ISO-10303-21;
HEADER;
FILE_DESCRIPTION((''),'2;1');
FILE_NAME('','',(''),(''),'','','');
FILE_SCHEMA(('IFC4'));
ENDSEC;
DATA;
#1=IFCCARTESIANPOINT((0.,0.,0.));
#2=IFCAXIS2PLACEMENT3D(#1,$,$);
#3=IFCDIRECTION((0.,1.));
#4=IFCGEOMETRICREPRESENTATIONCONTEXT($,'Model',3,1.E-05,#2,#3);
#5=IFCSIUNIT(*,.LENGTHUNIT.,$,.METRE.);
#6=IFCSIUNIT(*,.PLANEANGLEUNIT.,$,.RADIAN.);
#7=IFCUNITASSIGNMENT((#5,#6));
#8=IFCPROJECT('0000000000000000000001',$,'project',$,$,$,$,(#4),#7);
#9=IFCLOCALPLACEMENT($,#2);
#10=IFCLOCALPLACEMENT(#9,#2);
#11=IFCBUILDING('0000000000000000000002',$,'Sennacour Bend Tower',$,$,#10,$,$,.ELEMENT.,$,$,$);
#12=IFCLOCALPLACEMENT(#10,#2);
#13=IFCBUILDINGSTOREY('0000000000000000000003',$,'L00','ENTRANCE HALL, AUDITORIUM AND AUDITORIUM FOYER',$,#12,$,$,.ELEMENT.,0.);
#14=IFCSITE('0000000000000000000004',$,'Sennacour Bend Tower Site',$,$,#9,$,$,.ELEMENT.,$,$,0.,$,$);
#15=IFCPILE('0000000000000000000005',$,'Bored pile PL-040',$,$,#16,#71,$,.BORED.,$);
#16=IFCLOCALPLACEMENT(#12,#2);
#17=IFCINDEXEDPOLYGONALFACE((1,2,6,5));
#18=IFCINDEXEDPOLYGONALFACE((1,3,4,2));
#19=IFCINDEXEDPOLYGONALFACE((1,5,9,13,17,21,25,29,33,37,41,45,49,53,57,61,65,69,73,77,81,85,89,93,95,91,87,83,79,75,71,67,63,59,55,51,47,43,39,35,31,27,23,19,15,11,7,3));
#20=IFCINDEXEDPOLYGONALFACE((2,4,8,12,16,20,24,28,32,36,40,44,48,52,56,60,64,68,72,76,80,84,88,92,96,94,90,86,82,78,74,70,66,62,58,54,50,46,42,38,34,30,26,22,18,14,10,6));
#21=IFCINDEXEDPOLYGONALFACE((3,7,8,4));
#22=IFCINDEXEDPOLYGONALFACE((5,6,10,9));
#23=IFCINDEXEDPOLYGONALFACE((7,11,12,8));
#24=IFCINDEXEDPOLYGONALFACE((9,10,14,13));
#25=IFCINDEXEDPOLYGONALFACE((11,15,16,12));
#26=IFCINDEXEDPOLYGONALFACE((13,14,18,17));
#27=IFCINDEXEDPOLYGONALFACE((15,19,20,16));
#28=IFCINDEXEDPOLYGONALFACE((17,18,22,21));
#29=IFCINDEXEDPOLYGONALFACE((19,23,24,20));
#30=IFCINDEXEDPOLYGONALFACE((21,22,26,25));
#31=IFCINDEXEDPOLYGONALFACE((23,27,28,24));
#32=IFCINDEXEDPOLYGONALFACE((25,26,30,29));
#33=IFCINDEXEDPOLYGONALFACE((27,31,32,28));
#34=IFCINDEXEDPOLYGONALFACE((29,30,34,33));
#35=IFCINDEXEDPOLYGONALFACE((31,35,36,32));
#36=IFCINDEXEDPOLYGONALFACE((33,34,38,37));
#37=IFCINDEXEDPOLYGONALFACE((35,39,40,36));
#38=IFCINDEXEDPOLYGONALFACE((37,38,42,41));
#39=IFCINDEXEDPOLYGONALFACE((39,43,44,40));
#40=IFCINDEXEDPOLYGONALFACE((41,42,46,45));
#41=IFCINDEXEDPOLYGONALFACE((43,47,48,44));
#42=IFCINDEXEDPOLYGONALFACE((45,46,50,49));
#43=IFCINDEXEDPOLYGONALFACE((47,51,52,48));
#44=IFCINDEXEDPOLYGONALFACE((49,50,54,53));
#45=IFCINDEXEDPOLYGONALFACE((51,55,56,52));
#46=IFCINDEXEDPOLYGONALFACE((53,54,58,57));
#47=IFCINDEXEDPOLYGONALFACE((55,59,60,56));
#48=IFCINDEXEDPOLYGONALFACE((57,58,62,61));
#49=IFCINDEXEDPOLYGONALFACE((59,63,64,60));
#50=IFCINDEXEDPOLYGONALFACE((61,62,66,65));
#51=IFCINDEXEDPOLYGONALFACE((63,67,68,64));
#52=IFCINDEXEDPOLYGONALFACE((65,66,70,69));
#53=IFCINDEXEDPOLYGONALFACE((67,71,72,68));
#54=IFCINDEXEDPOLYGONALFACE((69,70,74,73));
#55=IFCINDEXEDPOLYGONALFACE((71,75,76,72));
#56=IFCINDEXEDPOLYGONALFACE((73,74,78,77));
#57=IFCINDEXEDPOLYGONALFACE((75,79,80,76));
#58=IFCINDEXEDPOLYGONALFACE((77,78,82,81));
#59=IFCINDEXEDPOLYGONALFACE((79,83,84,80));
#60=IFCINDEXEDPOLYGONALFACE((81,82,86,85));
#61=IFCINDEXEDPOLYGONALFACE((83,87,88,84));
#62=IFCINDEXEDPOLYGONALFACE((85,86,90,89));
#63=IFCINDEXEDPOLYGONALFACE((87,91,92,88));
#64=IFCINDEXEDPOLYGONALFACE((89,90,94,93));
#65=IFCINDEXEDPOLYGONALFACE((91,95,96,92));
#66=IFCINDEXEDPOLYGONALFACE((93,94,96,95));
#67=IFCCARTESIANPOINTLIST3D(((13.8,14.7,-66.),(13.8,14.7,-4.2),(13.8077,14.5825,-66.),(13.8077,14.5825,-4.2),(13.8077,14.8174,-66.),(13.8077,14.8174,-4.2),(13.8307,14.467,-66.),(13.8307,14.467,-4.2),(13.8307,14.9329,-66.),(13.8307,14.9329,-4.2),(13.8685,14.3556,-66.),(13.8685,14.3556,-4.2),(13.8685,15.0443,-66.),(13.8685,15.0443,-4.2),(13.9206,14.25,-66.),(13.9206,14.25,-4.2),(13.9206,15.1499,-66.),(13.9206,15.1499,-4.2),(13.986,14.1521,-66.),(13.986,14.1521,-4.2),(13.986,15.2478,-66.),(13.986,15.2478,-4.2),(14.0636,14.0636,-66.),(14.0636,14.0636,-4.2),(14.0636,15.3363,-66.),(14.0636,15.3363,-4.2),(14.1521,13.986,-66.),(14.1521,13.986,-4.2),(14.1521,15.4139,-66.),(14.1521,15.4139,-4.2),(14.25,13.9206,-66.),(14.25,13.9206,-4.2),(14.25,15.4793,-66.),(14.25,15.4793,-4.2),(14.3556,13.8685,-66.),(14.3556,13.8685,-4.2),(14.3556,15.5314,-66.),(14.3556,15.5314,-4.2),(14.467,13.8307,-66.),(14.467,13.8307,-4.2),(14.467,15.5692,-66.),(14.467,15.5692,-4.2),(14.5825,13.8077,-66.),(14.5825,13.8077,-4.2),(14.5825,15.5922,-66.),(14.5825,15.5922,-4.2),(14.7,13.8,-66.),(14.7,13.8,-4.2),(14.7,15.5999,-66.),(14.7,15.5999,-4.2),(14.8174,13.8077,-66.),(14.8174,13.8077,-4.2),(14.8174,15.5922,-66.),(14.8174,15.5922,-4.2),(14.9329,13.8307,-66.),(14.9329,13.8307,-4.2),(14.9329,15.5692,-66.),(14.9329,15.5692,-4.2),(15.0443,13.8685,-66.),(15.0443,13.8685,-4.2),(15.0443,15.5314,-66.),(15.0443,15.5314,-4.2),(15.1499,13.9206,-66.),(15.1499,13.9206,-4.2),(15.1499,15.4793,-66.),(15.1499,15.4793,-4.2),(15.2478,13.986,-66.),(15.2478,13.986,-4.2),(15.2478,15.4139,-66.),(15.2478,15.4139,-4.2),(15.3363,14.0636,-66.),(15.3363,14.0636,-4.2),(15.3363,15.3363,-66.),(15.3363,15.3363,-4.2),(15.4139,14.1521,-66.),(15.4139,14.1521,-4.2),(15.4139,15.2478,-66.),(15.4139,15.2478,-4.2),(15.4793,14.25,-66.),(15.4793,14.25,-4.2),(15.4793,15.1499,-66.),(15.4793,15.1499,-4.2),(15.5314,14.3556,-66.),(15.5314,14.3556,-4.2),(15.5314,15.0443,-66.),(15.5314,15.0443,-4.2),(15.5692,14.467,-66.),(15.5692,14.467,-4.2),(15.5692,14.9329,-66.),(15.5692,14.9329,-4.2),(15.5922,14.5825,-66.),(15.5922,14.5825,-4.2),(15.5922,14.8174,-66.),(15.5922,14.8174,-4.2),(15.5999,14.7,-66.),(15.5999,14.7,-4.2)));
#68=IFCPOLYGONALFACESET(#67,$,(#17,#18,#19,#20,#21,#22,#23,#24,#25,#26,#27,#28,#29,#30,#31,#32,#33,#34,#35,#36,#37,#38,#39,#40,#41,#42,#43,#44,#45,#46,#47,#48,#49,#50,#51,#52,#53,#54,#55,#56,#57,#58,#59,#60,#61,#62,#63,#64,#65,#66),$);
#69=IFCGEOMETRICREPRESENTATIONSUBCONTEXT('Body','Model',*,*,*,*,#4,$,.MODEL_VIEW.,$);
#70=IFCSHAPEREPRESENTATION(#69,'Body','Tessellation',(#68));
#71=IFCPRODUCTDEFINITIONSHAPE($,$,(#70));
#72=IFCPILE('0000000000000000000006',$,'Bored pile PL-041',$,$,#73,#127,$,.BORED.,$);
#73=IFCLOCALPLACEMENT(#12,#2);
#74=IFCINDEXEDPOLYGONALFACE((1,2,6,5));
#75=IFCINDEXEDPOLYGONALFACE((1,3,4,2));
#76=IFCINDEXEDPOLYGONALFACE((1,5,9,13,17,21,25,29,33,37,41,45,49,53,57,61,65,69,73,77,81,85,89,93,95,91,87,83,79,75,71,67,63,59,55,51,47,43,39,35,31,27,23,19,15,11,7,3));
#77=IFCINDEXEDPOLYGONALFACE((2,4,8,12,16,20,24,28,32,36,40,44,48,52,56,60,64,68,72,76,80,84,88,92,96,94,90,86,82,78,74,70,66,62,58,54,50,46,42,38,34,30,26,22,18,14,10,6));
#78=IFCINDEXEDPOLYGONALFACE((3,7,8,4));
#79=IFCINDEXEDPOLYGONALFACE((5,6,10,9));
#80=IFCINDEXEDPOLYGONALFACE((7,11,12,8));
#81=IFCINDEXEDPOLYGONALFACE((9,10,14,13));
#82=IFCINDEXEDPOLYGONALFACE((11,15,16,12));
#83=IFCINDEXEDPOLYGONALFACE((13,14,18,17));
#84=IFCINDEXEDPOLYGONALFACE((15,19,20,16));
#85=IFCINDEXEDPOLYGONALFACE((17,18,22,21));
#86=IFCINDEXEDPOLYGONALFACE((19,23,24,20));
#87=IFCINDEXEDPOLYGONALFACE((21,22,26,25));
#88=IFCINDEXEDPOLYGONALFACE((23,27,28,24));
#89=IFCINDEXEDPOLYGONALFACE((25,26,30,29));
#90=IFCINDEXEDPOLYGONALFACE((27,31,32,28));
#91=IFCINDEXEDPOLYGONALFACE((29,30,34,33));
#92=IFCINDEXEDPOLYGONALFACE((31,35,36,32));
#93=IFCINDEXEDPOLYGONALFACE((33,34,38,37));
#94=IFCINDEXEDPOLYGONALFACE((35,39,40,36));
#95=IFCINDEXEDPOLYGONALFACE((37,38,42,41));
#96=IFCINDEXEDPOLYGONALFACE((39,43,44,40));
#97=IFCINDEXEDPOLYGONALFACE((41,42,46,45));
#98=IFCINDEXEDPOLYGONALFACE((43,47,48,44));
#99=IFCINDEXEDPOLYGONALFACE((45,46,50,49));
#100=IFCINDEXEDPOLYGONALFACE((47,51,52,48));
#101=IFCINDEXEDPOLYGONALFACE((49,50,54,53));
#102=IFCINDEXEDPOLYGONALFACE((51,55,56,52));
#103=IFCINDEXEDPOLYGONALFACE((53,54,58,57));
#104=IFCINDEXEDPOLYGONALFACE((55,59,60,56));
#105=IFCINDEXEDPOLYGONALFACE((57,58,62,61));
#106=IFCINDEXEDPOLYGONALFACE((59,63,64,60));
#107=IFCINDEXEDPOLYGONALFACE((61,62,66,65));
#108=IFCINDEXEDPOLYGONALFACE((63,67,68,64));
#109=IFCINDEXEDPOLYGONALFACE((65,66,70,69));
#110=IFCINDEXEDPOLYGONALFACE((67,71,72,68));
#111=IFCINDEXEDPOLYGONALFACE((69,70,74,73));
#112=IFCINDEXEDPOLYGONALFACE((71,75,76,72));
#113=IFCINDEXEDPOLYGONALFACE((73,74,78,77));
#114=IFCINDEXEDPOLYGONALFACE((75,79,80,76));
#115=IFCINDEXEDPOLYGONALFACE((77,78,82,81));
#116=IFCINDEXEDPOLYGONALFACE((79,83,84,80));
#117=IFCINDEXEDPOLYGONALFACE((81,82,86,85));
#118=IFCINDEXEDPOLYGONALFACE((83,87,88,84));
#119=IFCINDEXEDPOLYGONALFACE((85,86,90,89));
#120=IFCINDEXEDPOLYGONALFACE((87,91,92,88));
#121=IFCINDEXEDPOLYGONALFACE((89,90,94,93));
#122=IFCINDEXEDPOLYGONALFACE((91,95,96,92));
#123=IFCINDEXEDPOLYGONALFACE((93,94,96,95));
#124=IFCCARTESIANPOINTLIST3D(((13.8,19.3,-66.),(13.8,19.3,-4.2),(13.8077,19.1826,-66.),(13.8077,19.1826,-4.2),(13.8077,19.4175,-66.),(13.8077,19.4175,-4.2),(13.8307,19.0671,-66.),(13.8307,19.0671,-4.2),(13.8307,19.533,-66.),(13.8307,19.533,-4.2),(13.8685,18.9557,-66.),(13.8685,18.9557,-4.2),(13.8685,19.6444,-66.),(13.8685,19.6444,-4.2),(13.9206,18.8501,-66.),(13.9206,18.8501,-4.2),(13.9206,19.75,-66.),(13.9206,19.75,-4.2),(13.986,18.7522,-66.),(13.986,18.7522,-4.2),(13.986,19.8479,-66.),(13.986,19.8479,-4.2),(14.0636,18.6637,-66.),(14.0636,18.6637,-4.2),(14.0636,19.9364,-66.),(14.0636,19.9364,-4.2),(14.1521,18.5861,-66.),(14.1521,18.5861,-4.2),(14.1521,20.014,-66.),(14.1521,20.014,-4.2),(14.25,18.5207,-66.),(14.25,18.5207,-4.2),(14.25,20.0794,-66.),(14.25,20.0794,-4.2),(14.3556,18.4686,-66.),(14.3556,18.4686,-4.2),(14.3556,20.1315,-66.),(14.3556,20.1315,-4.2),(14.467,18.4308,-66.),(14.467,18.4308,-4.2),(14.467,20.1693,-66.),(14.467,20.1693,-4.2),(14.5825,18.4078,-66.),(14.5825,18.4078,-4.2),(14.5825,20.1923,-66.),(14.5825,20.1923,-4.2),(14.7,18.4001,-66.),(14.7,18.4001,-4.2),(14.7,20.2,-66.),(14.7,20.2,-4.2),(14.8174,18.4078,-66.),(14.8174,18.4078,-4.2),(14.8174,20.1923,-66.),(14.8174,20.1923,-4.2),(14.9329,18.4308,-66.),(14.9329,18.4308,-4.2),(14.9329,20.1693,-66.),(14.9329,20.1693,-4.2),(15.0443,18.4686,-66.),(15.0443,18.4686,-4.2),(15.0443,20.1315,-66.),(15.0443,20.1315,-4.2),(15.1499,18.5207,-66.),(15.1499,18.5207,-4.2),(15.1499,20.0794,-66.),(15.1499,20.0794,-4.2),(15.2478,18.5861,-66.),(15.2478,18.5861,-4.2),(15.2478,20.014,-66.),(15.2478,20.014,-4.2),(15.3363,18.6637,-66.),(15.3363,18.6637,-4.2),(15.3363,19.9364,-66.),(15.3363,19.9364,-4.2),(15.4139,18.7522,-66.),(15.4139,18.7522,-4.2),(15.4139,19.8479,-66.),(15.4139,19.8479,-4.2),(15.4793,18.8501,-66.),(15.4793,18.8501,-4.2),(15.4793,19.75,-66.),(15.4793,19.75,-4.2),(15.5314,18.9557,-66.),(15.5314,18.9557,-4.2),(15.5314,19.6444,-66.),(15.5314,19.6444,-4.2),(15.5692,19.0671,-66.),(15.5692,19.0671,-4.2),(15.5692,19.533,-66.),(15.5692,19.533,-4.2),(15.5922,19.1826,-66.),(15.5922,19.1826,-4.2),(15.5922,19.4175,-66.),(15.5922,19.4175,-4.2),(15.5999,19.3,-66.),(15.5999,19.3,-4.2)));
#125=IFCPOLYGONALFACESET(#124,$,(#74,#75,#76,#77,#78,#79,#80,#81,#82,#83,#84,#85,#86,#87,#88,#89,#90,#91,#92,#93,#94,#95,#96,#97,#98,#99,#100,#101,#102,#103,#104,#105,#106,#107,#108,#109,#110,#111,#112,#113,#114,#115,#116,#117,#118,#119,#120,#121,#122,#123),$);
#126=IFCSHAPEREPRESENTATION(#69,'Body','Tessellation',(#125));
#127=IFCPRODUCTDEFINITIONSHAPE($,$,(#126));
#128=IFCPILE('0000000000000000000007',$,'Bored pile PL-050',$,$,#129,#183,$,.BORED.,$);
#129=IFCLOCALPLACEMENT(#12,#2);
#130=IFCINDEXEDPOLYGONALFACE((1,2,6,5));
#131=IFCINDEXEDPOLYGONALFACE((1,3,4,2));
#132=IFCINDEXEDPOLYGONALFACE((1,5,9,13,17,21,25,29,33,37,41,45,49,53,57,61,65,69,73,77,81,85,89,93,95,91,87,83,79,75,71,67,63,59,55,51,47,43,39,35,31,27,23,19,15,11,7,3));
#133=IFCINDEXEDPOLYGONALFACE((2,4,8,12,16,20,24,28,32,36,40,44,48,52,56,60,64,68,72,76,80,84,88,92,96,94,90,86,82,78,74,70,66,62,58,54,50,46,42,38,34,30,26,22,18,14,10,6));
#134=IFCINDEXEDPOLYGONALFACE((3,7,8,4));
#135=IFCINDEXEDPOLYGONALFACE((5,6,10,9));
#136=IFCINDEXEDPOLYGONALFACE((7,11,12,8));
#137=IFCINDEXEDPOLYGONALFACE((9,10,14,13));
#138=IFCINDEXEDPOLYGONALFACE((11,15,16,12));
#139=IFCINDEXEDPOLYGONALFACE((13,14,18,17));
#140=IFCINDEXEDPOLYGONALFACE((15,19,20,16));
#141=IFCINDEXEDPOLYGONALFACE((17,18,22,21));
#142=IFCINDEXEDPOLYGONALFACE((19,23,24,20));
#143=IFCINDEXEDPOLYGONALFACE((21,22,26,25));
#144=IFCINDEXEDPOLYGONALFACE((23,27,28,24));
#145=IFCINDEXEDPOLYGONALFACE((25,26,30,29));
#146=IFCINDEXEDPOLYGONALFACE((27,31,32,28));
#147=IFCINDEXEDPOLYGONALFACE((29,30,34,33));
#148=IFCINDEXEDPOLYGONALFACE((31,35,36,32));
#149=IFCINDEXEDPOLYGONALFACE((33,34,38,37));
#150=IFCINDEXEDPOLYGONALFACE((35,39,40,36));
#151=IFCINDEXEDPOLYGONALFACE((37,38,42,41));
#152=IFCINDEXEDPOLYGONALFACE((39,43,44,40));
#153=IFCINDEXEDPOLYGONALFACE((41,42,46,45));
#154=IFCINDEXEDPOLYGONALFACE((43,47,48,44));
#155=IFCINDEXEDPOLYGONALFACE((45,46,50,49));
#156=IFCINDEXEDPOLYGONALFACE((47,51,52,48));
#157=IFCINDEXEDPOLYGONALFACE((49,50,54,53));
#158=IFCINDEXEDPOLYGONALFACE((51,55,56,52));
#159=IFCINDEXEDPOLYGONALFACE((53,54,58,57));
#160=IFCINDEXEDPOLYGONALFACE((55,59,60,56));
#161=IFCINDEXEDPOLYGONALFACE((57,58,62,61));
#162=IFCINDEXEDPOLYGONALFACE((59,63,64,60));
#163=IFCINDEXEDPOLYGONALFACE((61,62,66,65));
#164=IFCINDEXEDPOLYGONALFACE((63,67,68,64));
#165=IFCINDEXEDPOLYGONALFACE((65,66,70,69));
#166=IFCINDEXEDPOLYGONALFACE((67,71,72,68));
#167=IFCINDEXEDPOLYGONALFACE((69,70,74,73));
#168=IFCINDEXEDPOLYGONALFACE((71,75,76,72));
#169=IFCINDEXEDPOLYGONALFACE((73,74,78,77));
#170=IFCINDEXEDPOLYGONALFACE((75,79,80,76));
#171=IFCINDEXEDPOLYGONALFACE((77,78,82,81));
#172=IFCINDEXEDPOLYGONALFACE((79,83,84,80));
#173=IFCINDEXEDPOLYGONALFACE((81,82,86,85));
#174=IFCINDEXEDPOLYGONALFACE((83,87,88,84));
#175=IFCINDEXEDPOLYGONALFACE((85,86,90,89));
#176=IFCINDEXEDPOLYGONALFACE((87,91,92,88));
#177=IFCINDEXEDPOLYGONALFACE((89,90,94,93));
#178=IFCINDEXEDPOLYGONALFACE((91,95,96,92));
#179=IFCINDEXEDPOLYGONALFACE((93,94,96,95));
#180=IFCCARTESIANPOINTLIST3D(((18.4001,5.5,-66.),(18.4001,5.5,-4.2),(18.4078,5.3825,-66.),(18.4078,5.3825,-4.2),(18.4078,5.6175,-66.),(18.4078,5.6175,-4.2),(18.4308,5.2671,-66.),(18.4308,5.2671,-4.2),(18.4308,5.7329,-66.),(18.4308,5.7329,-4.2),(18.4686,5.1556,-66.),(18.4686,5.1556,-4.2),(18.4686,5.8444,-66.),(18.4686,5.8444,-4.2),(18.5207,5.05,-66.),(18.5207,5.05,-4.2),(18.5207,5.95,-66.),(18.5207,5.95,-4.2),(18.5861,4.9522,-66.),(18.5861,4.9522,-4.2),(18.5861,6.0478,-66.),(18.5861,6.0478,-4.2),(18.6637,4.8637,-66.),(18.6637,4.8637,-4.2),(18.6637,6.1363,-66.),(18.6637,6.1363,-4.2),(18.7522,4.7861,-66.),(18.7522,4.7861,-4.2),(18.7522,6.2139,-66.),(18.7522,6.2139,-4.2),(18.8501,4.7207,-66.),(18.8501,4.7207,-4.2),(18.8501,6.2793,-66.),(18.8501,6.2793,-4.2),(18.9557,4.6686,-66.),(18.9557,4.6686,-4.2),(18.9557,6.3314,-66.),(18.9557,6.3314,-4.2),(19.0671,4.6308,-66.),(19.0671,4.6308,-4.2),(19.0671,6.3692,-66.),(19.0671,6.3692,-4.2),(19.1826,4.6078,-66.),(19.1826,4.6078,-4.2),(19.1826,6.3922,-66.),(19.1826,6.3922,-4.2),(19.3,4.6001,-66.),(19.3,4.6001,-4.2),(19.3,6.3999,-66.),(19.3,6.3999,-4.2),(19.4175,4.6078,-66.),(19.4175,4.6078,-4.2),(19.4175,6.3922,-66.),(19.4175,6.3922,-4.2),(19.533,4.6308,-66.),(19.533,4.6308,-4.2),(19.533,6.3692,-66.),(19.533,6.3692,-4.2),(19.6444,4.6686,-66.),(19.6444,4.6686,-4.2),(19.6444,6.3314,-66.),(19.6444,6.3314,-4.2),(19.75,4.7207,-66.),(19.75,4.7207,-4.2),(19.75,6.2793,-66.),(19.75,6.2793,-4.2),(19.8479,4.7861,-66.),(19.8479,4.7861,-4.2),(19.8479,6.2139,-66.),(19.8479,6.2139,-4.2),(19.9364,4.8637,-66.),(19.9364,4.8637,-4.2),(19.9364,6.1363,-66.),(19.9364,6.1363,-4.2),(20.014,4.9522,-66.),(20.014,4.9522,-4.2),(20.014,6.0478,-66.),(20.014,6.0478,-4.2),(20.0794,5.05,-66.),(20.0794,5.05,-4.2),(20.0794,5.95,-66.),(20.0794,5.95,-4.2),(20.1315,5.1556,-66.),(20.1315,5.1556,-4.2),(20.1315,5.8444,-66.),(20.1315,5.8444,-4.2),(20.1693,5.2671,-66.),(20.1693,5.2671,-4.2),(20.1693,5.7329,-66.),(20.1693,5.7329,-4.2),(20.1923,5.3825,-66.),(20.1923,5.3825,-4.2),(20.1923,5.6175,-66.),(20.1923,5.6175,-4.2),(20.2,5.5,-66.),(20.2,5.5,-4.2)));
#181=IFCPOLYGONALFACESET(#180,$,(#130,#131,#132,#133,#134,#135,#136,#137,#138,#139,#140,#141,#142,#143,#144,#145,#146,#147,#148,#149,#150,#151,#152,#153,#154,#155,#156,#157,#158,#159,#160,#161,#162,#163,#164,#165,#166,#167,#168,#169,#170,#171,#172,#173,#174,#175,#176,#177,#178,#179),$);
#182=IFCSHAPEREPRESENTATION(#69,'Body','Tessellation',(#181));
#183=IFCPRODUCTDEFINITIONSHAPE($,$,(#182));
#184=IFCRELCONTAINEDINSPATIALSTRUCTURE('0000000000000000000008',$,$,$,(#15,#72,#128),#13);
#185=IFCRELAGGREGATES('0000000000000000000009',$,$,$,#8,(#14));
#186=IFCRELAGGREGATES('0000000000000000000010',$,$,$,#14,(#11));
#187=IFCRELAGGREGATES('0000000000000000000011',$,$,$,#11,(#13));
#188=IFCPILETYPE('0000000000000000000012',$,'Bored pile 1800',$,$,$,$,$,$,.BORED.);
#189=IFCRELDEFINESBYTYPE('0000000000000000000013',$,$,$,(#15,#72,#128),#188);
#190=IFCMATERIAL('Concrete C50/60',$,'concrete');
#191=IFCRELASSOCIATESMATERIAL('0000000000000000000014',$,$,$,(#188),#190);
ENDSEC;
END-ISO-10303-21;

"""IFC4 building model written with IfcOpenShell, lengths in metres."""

from ifc_helpers import new_model, si_unit, direction, frame, origin, origin_2d, place, context, subcontext, project, spatial, circle, extrude, material, material_profile, profile_set, type_object, element, save


model = new_model("IFC4")

# Units and contexts
model_context = context("Model", 3, precision=1e-05, world=origin(), true_north=direction((0.0, 1.0)))
body_context = subcontext(model_context, "Body", "Model", "MODEL_VIEW")
ifc_project = project(units=[si_unit("LENGTHUNIT", "METRE"), si_unit("PLANEANGLEUNIT", "RADIAN")], contexts=[model_context])

# Site, building, storey
site_placement = place(None, origin())
site = spatial("IfcSite", under=ifc_project, at=site_placement, Name="Sennacour Bend Tower Site", CompositionType="ELEMENT", RefElevation=0.0)
building_placement = place(site_placement, origin())
building = spatial("IfcBuilding", under=site, at=building_placement, Name="Sennacour Bend Tower", CompositionType="ELEMENT")
storey_placement = place(building_placement, origin())
storey = spatial("IfcBuildingStorey", under=building, at=storey_placement, Name="L00", Description="ENTRANCE HALL, AUDITORIUM AND AUDITORIUM FOYER", CompositionType="ELEMENT", Elevation=0.0)

# Piles
ifc_material_1 = material(Name="Concrete C50/60", Category="concrete")
ifc_material_profile_1 = material_profile(ifc_material_1, circle(Radius=0.8999, at=origin_2d()), Name="Concrete C50/60", Category="concrete")
ifc_profile_set_1 = profile_set([ifc_material_profile_1], Name="Concrete C50/60")
pile_type = type_object("IfcPileType", Name="Bored pile 1800", PredefinedType="BORED", material=ifc_profile_set_1)
for number, where, z_axis, x_axis, name in (
    (1, (14.7, 14.7, -4.2), (0.0, 0.0, -1.0), (1.0, 0.0, 0.0), "Bored pile PL-040"),
    (2, (14.7, 19.3, -4.2), (0.0, 0.0, -1.0), (1.0, 0.0, 0.0), "Bored pile PL-041"),
    (3, (19.3, 5.5, -4.2), (0.0, 0.0, -1.0), (1.0, 0.0, 0.0), "Bored pile PL-050"),
):
    element("IfcPile", number, at=place(storey_placement, frame(where, z_axis=z_axis, x_axis=x_axis)), inside=storey, type_object=pile_type, Name=name, PredefinedType="BORED", context=body_context, shape_type="SweptSolid", body=[
        extrude(circle(Radius=0.8999, at=origin_2d()), origin(), (0.0, 0.0, 1.0), 61.8),
    ])

save(model, "model.ifc")
